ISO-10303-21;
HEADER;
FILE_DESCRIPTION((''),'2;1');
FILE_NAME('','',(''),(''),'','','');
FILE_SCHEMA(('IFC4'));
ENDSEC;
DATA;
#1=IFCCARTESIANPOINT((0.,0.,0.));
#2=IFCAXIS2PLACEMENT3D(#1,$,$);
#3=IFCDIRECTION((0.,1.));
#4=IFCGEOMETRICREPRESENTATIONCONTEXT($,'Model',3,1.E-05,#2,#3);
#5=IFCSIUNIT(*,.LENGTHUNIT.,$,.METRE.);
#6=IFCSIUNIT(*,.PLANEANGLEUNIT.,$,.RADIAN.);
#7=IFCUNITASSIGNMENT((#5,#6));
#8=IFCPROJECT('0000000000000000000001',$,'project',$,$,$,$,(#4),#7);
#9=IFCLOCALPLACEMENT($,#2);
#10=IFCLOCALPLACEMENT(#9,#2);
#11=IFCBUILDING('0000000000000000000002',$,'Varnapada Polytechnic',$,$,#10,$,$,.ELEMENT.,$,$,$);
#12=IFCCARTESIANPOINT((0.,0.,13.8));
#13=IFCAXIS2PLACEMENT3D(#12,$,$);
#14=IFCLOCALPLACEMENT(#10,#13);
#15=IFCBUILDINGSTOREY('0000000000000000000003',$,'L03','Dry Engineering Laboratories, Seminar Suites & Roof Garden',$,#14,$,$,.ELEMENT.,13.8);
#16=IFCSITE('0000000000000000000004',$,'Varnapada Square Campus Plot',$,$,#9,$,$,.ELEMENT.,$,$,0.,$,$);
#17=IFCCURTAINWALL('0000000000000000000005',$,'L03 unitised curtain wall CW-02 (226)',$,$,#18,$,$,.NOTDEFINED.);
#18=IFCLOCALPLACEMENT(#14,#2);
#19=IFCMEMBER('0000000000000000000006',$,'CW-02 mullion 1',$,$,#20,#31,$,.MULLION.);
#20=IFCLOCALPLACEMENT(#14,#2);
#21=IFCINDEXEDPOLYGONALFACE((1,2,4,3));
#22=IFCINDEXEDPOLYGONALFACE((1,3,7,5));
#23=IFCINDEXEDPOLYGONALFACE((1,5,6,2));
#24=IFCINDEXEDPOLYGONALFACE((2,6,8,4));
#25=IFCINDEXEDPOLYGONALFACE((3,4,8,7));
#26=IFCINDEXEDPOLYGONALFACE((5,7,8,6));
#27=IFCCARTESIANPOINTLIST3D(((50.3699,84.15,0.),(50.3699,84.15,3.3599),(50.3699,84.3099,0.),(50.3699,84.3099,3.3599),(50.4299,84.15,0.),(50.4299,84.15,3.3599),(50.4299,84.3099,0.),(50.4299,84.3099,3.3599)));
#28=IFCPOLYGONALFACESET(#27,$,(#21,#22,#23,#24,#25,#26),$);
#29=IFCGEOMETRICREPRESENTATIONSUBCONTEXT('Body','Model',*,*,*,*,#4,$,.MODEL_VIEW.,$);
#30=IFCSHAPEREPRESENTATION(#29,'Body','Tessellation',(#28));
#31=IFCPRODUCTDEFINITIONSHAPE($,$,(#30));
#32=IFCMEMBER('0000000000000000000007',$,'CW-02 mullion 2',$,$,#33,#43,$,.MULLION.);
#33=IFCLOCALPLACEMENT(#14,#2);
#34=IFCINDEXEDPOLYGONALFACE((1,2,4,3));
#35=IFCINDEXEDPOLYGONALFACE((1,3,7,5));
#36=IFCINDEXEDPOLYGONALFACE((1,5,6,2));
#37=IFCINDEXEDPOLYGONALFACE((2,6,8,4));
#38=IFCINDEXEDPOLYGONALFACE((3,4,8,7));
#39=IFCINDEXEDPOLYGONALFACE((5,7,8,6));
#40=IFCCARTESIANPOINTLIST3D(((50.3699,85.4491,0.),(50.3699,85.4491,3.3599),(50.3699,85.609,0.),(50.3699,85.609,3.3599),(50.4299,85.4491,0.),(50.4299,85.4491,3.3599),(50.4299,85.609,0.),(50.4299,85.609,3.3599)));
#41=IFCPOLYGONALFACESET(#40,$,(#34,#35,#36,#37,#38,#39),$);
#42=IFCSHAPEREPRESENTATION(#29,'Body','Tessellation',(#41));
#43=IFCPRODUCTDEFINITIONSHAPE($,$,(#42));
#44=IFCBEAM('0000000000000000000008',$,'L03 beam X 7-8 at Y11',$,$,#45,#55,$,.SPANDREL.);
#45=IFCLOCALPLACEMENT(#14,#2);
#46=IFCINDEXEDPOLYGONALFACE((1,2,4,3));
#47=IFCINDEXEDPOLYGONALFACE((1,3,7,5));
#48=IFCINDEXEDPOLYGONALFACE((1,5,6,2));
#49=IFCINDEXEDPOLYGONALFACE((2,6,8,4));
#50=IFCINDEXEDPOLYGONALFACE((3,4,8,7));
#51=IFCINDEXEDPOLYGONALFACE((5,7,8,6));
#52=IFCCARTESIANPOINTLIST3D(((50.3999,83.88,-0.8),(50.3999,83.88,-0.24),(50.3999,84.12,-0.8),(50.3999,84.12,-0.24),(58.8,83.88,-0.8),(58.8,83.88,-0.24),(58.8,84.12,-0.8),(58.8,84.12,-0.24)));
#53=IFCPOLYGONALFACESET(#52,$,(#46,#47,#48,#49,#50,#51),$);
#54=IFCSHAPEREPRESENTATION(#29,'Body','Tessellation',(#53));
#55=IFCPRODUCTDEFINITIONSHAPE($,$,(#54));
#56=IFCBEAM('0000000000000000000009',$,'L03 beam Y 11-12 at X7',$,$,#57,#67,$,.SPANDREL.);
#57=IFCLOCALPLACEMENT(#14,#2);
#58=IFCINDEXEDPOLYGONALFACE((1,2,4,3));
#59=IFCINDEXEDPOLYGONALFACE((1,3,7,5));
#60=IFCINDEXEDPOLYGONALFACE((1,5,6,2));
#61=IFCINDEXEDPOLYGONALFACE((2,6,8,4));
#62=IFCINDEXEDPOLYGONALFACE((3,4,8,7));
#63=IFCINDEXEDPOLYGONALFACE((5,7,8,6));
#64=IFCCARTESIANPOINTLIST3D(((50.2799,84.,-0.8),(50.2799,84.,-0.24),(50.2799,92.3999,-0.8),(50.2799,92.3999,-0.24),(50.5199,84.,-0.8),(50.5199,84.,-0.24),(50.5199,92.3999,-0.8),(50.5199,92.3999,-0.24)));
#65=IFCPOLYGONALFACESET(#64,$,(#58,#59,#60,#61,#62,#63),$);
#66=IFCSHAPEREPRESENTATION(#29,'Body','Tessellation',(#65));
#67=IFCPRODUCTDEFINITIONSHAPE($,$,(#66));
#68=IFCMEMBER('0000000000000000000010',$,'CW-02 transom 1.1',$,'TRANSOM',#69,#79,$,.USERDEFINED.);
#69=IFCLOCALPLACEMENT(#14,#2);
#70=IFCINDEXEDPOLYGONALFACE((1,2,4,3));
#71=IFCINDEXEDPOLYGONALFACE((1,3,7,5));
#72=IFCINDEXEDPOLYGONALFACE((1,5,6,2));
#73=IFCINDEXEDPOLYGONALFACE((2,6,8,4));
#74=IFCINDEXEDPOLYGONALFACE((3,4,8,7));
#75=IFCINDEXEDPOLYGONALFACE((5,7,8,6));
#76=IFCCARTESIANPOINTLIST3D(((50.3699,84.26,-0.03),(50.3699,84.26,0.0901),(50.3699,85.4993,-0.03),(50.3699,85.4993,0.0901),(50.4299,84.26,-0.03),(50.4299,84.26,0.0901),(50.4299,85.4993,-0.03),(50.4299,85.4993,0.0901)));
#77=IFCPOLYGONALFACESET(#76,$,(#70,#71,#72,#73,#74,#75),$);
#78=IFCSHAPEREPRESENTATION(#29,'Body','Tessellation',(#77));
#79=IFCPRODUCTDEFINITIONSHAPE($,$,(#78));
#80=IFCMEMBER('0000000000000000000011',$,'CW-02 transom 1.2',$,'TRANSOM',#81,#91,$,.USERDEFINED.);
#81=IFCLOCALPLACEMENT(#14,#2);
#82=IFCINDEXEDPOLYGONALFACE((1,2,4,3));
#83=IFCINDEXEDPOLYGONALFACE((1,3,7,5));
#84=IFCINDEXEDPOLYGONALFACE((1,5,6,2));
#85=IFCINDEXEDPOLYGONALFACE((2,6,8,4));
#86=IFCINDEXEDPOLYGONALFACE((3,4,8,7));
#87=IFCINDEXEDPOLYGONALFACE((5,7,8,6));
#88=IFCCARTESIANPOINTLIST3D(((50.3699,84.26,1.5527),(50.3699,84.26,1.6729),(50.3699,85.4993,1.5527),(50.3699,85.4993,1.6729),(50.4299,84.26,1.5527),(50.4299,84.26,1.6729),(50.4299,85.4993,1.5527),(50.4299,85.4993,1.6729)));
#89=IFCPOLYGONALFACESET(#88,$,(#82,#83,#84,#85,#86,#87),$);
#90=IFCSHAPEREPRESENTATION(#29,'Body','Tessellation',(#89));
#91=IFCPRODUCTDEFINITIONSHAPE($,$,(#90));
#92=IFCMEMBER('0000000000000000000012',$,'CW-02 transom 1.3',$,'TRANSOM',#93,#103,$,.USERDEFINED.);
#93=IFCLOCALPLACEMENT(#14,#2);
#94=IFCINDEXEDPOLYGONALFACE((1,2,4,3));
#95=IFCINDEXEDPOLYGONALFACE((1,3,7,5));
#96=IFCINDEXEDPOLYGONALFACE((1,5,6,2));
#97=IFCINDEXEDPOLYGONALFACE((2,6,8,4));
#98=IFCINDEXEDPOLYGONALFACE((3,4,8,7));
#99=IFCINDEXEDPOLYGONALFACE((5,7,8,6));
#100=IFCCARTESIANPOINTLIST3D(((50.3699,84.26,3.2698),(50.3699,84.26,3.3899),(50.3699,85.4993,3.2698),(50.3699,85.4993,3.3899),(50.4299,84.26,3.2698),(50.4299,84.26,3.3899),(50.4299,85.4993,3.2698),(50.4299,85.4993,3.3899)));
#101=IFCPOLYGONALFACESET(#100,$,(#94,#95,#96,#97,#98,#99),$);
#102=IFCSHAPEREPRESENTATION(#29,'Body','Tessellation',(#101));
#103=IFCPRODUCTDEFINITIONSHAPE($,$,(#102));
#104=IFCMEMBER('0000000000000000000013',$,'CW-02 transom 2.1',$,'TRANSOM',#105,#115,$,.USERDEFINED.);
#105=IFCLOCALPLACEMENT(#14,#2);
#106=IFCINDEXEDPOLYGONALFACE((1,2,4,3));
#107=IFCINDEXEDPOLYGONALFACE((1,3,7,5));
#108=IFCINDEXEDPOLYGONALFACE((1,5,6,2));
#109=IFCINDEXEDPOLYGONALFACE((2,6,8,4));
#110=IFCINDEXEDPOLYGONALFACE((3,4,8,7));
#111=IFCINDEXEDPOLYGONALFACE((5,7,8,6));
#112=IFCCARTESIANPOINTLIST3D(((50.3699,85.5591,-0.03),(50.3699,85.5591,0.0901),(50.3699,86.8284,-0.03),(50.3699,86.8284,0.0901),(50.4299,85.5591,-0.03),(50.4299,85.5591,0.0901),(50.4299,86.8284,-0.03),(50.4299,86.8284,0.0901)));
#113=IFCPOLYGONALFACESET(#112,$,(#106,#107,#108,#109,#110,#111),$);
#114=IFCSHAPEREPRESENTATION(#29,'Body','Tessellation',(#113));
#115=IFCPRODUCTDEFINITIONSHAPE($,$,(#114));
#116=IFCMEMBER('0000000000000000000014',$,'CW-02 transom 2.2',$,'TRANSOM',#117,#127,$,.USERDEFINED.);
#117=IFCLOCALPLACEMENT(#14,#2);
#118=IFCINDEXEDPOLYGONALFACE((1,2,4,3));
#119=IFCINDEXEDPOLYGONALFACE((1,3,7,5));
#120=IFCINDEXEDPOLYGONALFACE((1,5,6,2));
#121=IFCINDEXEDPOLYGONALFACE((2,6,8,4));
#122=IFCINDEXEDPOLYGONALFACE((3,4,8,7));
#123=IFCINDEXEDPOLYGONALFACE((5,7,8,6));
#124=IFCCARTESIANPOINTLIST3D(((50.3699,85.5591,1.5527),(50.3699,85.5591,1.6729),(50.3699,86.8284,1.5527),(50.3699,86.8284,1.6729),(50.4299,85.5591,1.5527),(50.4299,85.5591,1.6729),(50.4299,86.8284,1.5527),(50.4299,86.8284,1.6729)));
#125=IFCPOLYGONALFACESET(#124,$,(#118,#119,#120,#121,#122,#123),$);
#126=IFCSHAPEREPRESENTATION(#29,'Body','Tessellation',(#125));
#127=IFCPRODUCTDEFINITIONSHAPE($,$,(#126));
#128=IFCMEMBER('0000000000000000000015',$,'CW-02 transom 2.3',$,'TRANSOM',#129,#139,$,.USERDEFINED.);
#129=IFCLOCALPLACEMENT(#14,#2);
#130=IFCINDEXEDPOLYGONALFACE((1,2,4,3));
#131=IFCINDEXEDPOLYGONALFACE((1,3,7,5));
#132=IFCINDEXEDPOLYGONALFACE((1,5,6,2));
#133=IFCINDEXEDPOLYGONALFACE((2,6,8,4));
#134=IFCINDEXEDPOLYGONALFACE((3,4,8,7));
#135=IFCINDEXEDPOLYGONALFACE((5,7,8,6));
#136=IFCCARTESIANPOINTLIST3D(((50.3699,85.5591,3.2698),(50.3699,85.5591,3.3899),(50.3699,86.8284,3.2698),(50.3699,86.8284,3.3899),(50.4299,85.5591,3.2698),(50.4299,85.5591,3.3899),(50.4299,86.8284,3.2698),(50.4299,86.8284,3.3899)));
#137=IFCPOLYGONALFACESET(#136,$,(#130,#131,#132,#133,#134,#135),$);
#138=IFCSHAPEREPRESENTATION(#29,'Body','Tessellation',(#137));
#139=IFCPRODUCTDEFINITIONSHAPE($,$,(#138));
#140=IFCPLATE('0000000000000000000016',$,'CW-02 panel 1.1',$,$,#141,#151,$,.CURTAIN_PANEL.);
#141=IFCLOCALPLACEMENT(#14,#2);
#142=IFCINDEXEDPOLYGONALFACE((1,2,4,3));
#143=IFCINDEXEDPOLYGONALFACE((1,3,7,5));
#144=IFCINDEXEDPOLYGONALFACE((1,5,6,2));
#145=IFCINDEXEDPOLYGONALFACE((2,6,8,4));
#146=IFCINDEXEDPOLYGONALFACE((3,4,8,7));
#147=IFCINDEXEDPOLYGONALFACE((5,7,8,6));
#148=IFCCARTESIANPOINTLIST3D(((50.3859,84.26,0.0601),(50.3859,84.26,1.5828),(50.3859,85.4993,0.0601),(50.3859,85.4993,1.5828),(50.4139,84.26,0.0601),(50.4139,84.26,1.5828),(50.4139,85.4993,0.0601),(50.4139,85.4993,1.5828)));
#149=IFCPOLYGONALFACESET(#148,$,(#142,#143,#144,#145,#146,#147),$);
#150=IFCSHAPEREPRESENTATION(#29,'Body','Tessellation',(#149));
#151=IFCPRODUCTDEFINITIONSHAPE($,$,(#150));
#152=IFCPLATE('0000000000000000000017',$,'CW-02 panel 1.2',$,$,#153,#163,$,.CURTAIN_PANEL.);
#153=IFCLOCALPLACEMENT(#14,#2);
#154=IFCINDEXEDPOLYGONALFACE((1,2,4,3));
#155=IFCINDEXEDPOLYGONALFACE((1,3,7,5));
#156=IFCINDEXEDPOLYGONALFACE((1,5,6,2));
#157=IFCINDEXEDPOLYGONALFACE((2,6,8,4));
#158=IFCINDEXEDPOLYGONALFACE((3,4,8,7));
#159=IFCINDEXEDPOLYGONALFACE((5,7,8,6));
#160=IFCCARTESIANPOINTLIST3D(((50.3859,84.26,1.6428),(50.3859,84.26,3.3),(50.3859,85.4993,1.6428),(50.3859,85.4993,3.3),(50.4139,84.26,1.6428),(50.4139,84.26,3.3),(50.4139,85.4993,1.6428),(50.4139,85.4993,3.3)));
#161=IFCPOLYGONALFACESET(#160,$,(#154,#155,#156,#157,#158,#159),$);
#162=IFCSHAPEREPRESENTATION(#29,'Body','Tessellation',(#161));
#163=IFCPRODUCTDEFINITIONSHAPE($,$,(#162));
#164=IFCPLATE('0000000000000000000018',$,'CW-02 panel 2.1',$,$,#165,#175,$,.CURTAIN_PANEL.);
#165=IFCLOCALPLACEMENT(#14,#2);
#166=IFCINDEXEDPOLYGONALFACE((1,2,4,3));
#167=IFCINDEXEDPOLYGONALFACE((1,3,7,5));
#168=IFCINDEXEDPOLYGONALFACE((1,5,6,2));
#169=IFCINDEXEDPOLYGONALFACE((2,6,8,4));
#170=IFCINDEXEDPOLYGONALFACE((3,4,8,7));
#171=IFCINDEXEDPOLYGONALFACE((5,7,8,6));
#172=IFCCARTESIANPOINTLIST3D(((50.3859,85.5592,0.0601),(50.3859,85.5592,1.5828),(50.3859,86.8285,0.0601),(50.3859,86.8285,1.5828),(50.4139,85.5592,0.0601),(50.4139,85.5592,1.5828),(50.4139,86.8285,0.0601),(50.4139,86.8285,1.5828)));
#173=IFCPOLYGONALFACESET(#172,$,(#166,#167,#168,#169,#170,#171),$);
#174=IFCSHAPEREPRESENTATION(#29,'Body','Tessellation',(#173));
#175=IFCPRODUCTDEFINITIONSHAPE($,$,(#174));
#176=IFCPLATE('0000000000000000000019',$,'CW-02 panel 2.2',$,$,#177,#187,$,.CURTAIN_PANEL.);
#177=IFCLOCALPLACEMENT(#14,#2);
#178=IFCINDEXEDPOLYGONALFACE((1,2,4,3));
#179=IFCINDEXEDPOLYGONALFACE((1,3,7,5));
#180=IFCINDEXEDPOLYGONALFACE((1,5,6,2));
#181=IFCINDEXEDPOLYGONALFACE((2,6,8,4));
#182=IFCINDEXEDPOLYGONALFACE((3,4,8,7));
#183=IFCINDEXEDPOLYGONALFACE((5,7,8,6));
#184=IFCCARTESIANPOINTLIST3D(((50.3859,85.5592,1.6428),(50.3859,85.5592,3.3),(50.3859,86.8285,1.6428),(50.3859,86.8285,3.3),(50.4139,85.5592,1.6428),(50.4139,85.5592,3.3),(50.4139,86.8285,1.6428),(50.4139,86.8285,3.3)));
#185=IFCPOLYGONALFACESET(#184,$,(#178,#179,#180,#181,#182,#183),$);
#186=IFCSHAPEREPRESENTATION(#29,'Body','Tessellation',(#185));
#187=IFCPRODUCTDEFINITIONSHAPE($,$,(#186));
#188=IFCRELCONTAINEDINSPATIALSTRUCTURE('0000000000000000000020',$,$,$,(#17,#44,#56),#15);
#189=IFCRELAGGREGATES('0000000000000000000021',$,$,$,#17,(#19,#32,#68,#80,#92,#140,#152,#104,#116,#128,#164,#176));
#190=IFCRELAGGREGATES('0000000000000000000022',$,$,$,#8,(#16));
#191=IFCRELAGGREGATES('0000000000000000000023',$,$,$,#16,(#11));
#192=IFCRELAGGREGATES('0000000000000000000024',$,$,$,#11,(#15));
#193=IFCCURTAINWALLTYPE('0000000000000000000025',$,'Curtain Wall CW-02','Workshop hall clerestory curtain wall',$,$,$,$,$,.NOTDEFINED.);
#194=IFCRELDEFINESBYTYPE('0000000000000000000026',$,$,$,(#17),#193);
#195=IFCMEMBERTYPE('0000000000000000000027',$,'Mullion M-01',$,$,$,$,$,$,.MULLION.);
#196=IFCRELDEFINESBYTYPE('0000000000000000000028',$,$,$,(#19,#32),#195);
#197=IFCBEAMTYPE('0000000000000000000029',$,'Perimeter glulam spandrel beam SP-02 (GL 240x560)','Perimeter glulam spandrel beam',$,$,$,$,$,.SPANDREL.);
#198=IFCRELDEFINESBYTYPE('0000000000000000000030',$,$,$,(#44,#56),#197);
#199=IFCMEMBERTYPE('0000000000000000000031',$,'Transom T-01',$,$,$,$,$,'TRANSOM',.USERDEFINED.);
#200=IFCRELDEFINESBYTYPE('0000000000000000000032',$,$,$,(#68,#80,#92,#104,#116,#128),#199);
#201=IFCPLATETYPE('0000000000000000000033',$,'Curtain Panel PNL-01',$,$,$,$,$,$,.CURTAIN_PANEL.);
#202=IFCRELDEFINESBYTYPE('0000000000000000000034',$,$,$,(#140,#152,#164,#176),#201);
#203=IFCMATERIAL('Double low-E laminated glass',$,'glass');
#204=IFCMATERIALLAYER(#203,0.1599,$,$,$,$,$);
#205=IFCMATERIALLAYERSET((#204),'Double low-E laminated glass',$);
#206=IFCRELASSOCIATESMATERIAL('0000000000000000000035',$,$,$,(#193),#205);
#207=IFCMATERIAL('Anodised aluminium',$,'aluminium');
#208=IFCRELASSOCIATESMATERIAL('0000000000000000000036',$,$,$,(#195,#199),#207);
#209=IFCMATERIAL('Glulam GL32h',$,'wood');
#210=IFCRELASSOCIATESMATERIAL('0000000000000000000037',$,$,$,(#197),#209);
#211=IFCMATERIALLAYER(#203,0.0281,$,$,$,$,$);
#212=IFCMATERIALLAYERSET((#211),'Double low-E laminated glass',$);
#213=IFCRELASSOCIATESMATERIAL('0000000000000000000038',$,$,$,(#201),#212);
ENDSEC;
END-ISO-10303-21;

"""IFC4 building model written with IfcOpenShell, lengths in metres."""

from ifc_helpers import new_model, si_unit, direction, frame, origin, origin_2d, place, context, subcontext, project, spatial, rectangle, extrude, material, layer, layer_set, material_profile, profile_set, type_object, element, aggregate, save


model = new_model("IFC4")

# Units and contexts
model_context = context("Model", 3, precision=1e-05, world=origin(), true_north=direction((0.0, 1.0)))
body_context = subcontext(model_context, "Body", "Model", "MODEL_VIEW")
ifc_project = project(units=[si_unit("LENGTHUNIT", "METRE"), si_unit("PLANEANGLEUNIT", "RADIAN")], contexts=[model_context])

# Site, building, storey
site_placement = place(None, origin())
site = spatial("IfcSite", under=ifc_project, at=site_placement, Name="Varnapada Square Campus Plot", CompositionType="ELEMENT", RefElevation=0.0)
building_placement = place(site_placement, origin())
building = spatial("IfcBuilding", under=site, at=building_placement, Name="Varnapada Polytechnic", CompositionType="ELEMENT")
storey_placement = place(building_placement, frame((0.0, 0.0, 13.8)))
storey = spatial("IfcBuildingStorey", under=building, at=storey_placement, Name="L03", Description="Dry Engineering Laboratories, Seminar Suites & Roof Garden", CompositionType="ELEMENT", Elevation=13.8)

# Curtain wall, members
ifc_material_1 = material(Name="Double low-E laminated glass", Category="glass")
ifc_layer_1 = layer(ifc_material_1, 0.1599)
ifc_layer_set_1 = layer_set([ifc_layer_1], Name="Double low-E laminated glass")
curtain_wall_type = type_object("IfcCurtainWallType", Name="Curtain Wall CW-02", Description="Workshop hall clerestory curtain wall", PredefinedType="NOTDEFINED", material=ifc_layer_set_1)
curtain_wall_placement = place(storey_placement, origin())
curtain_wall = element("IfcCurtainWall", 1, at=curtain_wall_placement, inside=storey, type_object=curtain_wall_type, Name="L03 unitised curtain wall CW-02 (226)", PredefinedType="NOTDEFINED")
ifc_material_2 = material(Name="Anodised aluminium", Category="aluminium")
ifc_material_profile_1 = material_profile(ifc_material_2, rectangle(XDim=0.0601, YDim=0.1599, at=origin_2d()), Name="ALU M60x160")
ifc_profile_set_1 = profile_set([ifc_material_profile_1], Name="Anodised aluminium")
member_type_1 = type_object("IfcMemberType", Name="Mullion M-01", PredefinedType="MULLION", material=ifc_profile_set_1)
member_1_placement = place(storey_placement, frame((50.3999, 84.23, 0.0), z_axis=(0.0, 0.0, 1.0), x_axis=(-1.0, 0.0, 0.0)))
member_1 = element("IfcMember", 2, at=member_1_placement, type_object=member_type_1, Name="CW-02 mullion 1", PredefinedType="MULLION", context=body_context, shape_type="SweptSolid", body=[
    extrude(rectangle(XDim=0.0601, YDim=0.1599, at=origin_2d()), origin(), (0.0, 0.0, 1.0), 3.3599),
])
member_2_placement = place(storey_placement, frame((50.3999, 85.5291, 0.0), z_axis=(0.0, 0.0, 1.0), x_axis=(-1.0, 0.0, 0.0)))
member_2 = element("IfcMember", 3, at=member_2_placement, type_object=member_type_1, Name="CW-02 mullion 2", PredefinedType="MULLION", context=body_context, shape_type="SweptSolid", body=[
    extrude(rectangle(XDim=0.0601, YDim=0.1599, at=origin_2d()), origin(), (0.0, 0.0, 1.0), 3.3599),
])

# Beams
ifc_material_3 = material(Name="Glulam GL32h", Category="wood")
ifc_material_profile_2 = material_profile(ifc_material_3, rectangle(XDim=0.24, YDim=0.5601, at=origin_2d()), Name="GL 240x560")
ifc_profile_set_2 = profile_set([ifc_material_profile_2], Name="Glulam GL32h")
beam_type = type_object("IfcBeamType", Name="Perimeter glulam spandrel beam SP-02 (GL 240x560)", Description="Perimeter glulam spandrel beam", PredefinedType="SPANDREL", material=ifc_profile_set_2)
beam_1_placement = place(storey_placement, frame((50.3999, 84.0, -0.52), z_axis=(1.0, 0.0, 0.0), x_axis=(0.0, 1.0, 0.0)))
element("IfcBeam", 4, at=beam_1_placement, inside=storey, type_object=beam_type, Name="L03 beam X 7-8 at Y11", PredefinedType="SPANDREL", context=body_context, shape_type="SweptSolid", body=[
    extrude(rectangle(XDim=0.24, YDim=0.5601, at=origin_2d()), origin(), (0.0, 0.0, 1.0), 8.4001),
])
beam_2_placement = place(storey_placement, frame((50.3999, 84.0, -0.52), z_axis=(0.0, 1.0, 0.0), x_axis=(-1.0, 0.0, 0.0)))
element("IfcBeam", 5, at=beam_2_placement, inside=storey, type_object=beam_type, Name="L03 beam Y 11-12 at X7", PredefinedType="SPANDREL", context=body_context, shape_type="SweptSolid", body=[
    extrude(rectangle(XDim=0.24, YDim=0.5601, at=origin_2d()), origin(), (0.0, 0.0, 1.0), 8.3999),
])

# Members
ifc_material_profile_3 = material_profile(ifc_material_2, rectangle(XDim=0.0601, YDim=0.1201, at=origin_2d()), Name="ALU T60x120")
ifc_profile_set_3 = profile_set([ifc_material_profile_3], Name="Anodised aluminium")
member_type_2 = type_object("IfcMemberType", Name="Transom T-01", ElementType="TRANSOM", PredefinedType="USERDEFINED", material=ifc_profile_set_3)
member_3_placement = place(storey_placement, frame((50.3999, 84.26, 0.03), z_axis=(0.0, 1.0, 0.0), x_axis=(-1.0, 0.0, 0.0)))
member_3 = element("IfcMember", 6, at=member_3_placement, type_object=member_type_2, Name="CW-02 transom 1.1", ObjectType="TRANSOM", PredefinedType="USERDEFINED", context=body_context, shape_type="SweptSolid", body=[
    extrude(rectangle(XDim=0.0601, YDim=0.1201, at=origin_2d()), origin(), (0.0, 0.0, 1.0), 1.2393),
])
member_4_placement = place(storey_placement, frame((50.3999, 84.26, 1.6128), z_axis=(0.0, 1.0, 0.0), x_axis=(-1.0, 0.0, 0.0)))
member_4 = element("IfcMember", 7, at=member_4_placement, type_object=member_type_2, Name="CW-02 transom 1.2", ObjectType="TRANSOM", PredefinedType="USERDEFINED", context=body_context, shape_type="SweptSolid", body=[
    extrude(rectangle(XDim=0.0601, YDim=0.1201, at=origin_2d()), origin(), (0.0, 0.0, 1.0), 1.2393),
])
member_5_placement = place(storey_placement, frame((50.3999, 84.26, 3.3298), z_axis=(0.0, 1.0, 0.0), x_axis=(-1.0, 0.0, 0.0)))
member_5 = element("IfcMember", 8, at=member_5_placement, type_object=member_type_2, Name="CW-02 transom 1.3", ObjectType="TRANSOM", PredefinedType="USERDEFINED", context=body_context, shape_type="SweptSolid", body=[
    extrude(rectangle(XDim=0.0601, YDim=0.1201, at=origin_2d()), origin(), (0.0, 0.0, 1.0), 1.2393),
])
member_6_placement = place(storey_placement, frame((50.3999, 85.5591, 0.03), z_axis=(0.0, 1.0, 0.0), x_axis=(-1.0, 0.0, 0.0)))
member_6 = element("IfcMember", 9, at=member_6_placement, type_object=member_type_2, Name="CW-02 transom 2.1", ObjectType="TRANSOM", PredefinedType="USERDEFINED", context=body_context, shape_type="SweptSolid", body=[
    extrude(rectangle(XDim=0.0601, YDim=0.1201, at=origin_2d()), origin(), (0.0, 0.0, 1.0), 1.2693),
])
member_7_placement = place(storey_placement, frame((50.3999, 85.5591, 1.6128), z_axis=(0.0, 1.0, 0.0), x_axis=(-1.0, 0.0, 0.0)))
member_7 = element("IfcMember", 10, at=member_7_placement, type_object=member_type_2, Name="CW-02 transom 2.2", ObjectType="TRANSOM", PredefinedType="USERDEFINED", context=body_context, shape_type="SweptSolid", body=[
    extrude(rectangle(XDim=0.0601, YDim=0.1201, at=origin_2d()), origin(), (0.0, 0.0, 1.0), 1.2693),
])
member_8_placement = place(storey_placement, frame((50.3999, 85.5591, 3.3298), z_axis=(0.0, 1.0, 0.0), x_axis=(-1.0, 0.0, 0.0)))
member_8 = element("IfcMember", 11, at=member_8_placement, type_object=member_type_2, Name="CW-02 transom 2.3", ObjectType="TRANSOM", PredefinedType="USERDEFINED", context=body_context, shape_type="SweptSolid", body=[
    extrude(rectangle(XDim=0.0601, YDim=0.1201, at=origin_2d()), origin(), (0.0, 0.0, 1.0), 1.2693),
])

# Plates
ifc_layer_2 = layer(ifc_material_1, 0.0281)
ifc_layer_set_2 = layer_set([ifc_layer_2], Name="Double low-E laminated glass")
plate_type = type_object("IfcPlateType", Name="Curtain Panel PNL-01", PredefinedType="CURTAIN_PANEL", material=ifc_layer_set_2)
plate_1_placement = place(storey_placement, frame((50.3999, 84.8796, 0.0601), z_axis=(0.0, 0.0, 1.0), x_axis=(0.0, 1.0, 0.0)))
plate_1 = element("IfcPlate", 12, at=plate_1_placement, type_object=plate_type, Name="CW-02 panel 1.1", PredefinedType="CURTAIN_PANEL", context=body_context, shape_type="SweptSolid", body=[
    extrude(rectangle(XDim=1.2393, YDim=0.0281, at=origin_2d()), origin(), (0.0, 0.0, 1.0), 1.5227),
])
plate_2_placement = place(storey_placement, frame((50.3999, 84.8796, 1.6428), z_axis=(0.0, 0.0, 1.0), x_axis=(0.0, 1.0, 0.0)))
plate_2 = element("IfcPlate", 13, at=plate_2_placement, type_object=plate_type, Name="CW-02 panel 1.2", PredefinedType="CURTAIN_PANEL", context=body_context, shape_type="SweptSolid", body=[
    extrude(rectangle(XDim=1.2393, YDim=0.0281, at=origin_2d()), origin(), (0.0, 0.0, 1.0), 1.6572),
])
plate_3_placement = place(storey_placement, frame((50.3999, 86.1938, 0.0601), z_axis=(0.0, 0.0, 1.0), x_axis=(0.0, 1.0, 0.0)))
plate_3 = element("IfcPlate", 14, at=plate_3_placement, type_object=plate_type, Name="CW-02 panel 2.1", PredefinedType="CURTAIN_PANEL", context=body_context, shape_type="SweptSolid", body=[
    extrude(rectangle(XDim=1.2693, YDim=0.0281, at=origin_2d()), origin(), (0.0, 0.0, 1.0), 1.5227),
])
plate_4_placement = place(storey_placement, frame((50.3999, 86.1938, 1.6428), z_axis=(0.0, 0.0, 1.0), x_axis=(0.0, 1.0, 0.0)))
plate_4 = element("IfcPlate", 15, at=plate_4_placement, type_object=plate_type, Name="CW-02 panel 2.2", PredefinedType="CURTAIN_PANEL", context=body_context, shape_type="SweptSolid", body=[
    extrude(rectangle(XDim=1.2693, YDim=0.0281, at=origin_2d()), origin(), (0.0, 0.0, 1.0), 1.6572),
])
aggregate(curtain_wall, [member_1, member_2, member_3, member_4, member_5, plate_1, plate_2, member_6, member_7, member_8, plate_3, plate_4])

save(model, "model.ifc")
